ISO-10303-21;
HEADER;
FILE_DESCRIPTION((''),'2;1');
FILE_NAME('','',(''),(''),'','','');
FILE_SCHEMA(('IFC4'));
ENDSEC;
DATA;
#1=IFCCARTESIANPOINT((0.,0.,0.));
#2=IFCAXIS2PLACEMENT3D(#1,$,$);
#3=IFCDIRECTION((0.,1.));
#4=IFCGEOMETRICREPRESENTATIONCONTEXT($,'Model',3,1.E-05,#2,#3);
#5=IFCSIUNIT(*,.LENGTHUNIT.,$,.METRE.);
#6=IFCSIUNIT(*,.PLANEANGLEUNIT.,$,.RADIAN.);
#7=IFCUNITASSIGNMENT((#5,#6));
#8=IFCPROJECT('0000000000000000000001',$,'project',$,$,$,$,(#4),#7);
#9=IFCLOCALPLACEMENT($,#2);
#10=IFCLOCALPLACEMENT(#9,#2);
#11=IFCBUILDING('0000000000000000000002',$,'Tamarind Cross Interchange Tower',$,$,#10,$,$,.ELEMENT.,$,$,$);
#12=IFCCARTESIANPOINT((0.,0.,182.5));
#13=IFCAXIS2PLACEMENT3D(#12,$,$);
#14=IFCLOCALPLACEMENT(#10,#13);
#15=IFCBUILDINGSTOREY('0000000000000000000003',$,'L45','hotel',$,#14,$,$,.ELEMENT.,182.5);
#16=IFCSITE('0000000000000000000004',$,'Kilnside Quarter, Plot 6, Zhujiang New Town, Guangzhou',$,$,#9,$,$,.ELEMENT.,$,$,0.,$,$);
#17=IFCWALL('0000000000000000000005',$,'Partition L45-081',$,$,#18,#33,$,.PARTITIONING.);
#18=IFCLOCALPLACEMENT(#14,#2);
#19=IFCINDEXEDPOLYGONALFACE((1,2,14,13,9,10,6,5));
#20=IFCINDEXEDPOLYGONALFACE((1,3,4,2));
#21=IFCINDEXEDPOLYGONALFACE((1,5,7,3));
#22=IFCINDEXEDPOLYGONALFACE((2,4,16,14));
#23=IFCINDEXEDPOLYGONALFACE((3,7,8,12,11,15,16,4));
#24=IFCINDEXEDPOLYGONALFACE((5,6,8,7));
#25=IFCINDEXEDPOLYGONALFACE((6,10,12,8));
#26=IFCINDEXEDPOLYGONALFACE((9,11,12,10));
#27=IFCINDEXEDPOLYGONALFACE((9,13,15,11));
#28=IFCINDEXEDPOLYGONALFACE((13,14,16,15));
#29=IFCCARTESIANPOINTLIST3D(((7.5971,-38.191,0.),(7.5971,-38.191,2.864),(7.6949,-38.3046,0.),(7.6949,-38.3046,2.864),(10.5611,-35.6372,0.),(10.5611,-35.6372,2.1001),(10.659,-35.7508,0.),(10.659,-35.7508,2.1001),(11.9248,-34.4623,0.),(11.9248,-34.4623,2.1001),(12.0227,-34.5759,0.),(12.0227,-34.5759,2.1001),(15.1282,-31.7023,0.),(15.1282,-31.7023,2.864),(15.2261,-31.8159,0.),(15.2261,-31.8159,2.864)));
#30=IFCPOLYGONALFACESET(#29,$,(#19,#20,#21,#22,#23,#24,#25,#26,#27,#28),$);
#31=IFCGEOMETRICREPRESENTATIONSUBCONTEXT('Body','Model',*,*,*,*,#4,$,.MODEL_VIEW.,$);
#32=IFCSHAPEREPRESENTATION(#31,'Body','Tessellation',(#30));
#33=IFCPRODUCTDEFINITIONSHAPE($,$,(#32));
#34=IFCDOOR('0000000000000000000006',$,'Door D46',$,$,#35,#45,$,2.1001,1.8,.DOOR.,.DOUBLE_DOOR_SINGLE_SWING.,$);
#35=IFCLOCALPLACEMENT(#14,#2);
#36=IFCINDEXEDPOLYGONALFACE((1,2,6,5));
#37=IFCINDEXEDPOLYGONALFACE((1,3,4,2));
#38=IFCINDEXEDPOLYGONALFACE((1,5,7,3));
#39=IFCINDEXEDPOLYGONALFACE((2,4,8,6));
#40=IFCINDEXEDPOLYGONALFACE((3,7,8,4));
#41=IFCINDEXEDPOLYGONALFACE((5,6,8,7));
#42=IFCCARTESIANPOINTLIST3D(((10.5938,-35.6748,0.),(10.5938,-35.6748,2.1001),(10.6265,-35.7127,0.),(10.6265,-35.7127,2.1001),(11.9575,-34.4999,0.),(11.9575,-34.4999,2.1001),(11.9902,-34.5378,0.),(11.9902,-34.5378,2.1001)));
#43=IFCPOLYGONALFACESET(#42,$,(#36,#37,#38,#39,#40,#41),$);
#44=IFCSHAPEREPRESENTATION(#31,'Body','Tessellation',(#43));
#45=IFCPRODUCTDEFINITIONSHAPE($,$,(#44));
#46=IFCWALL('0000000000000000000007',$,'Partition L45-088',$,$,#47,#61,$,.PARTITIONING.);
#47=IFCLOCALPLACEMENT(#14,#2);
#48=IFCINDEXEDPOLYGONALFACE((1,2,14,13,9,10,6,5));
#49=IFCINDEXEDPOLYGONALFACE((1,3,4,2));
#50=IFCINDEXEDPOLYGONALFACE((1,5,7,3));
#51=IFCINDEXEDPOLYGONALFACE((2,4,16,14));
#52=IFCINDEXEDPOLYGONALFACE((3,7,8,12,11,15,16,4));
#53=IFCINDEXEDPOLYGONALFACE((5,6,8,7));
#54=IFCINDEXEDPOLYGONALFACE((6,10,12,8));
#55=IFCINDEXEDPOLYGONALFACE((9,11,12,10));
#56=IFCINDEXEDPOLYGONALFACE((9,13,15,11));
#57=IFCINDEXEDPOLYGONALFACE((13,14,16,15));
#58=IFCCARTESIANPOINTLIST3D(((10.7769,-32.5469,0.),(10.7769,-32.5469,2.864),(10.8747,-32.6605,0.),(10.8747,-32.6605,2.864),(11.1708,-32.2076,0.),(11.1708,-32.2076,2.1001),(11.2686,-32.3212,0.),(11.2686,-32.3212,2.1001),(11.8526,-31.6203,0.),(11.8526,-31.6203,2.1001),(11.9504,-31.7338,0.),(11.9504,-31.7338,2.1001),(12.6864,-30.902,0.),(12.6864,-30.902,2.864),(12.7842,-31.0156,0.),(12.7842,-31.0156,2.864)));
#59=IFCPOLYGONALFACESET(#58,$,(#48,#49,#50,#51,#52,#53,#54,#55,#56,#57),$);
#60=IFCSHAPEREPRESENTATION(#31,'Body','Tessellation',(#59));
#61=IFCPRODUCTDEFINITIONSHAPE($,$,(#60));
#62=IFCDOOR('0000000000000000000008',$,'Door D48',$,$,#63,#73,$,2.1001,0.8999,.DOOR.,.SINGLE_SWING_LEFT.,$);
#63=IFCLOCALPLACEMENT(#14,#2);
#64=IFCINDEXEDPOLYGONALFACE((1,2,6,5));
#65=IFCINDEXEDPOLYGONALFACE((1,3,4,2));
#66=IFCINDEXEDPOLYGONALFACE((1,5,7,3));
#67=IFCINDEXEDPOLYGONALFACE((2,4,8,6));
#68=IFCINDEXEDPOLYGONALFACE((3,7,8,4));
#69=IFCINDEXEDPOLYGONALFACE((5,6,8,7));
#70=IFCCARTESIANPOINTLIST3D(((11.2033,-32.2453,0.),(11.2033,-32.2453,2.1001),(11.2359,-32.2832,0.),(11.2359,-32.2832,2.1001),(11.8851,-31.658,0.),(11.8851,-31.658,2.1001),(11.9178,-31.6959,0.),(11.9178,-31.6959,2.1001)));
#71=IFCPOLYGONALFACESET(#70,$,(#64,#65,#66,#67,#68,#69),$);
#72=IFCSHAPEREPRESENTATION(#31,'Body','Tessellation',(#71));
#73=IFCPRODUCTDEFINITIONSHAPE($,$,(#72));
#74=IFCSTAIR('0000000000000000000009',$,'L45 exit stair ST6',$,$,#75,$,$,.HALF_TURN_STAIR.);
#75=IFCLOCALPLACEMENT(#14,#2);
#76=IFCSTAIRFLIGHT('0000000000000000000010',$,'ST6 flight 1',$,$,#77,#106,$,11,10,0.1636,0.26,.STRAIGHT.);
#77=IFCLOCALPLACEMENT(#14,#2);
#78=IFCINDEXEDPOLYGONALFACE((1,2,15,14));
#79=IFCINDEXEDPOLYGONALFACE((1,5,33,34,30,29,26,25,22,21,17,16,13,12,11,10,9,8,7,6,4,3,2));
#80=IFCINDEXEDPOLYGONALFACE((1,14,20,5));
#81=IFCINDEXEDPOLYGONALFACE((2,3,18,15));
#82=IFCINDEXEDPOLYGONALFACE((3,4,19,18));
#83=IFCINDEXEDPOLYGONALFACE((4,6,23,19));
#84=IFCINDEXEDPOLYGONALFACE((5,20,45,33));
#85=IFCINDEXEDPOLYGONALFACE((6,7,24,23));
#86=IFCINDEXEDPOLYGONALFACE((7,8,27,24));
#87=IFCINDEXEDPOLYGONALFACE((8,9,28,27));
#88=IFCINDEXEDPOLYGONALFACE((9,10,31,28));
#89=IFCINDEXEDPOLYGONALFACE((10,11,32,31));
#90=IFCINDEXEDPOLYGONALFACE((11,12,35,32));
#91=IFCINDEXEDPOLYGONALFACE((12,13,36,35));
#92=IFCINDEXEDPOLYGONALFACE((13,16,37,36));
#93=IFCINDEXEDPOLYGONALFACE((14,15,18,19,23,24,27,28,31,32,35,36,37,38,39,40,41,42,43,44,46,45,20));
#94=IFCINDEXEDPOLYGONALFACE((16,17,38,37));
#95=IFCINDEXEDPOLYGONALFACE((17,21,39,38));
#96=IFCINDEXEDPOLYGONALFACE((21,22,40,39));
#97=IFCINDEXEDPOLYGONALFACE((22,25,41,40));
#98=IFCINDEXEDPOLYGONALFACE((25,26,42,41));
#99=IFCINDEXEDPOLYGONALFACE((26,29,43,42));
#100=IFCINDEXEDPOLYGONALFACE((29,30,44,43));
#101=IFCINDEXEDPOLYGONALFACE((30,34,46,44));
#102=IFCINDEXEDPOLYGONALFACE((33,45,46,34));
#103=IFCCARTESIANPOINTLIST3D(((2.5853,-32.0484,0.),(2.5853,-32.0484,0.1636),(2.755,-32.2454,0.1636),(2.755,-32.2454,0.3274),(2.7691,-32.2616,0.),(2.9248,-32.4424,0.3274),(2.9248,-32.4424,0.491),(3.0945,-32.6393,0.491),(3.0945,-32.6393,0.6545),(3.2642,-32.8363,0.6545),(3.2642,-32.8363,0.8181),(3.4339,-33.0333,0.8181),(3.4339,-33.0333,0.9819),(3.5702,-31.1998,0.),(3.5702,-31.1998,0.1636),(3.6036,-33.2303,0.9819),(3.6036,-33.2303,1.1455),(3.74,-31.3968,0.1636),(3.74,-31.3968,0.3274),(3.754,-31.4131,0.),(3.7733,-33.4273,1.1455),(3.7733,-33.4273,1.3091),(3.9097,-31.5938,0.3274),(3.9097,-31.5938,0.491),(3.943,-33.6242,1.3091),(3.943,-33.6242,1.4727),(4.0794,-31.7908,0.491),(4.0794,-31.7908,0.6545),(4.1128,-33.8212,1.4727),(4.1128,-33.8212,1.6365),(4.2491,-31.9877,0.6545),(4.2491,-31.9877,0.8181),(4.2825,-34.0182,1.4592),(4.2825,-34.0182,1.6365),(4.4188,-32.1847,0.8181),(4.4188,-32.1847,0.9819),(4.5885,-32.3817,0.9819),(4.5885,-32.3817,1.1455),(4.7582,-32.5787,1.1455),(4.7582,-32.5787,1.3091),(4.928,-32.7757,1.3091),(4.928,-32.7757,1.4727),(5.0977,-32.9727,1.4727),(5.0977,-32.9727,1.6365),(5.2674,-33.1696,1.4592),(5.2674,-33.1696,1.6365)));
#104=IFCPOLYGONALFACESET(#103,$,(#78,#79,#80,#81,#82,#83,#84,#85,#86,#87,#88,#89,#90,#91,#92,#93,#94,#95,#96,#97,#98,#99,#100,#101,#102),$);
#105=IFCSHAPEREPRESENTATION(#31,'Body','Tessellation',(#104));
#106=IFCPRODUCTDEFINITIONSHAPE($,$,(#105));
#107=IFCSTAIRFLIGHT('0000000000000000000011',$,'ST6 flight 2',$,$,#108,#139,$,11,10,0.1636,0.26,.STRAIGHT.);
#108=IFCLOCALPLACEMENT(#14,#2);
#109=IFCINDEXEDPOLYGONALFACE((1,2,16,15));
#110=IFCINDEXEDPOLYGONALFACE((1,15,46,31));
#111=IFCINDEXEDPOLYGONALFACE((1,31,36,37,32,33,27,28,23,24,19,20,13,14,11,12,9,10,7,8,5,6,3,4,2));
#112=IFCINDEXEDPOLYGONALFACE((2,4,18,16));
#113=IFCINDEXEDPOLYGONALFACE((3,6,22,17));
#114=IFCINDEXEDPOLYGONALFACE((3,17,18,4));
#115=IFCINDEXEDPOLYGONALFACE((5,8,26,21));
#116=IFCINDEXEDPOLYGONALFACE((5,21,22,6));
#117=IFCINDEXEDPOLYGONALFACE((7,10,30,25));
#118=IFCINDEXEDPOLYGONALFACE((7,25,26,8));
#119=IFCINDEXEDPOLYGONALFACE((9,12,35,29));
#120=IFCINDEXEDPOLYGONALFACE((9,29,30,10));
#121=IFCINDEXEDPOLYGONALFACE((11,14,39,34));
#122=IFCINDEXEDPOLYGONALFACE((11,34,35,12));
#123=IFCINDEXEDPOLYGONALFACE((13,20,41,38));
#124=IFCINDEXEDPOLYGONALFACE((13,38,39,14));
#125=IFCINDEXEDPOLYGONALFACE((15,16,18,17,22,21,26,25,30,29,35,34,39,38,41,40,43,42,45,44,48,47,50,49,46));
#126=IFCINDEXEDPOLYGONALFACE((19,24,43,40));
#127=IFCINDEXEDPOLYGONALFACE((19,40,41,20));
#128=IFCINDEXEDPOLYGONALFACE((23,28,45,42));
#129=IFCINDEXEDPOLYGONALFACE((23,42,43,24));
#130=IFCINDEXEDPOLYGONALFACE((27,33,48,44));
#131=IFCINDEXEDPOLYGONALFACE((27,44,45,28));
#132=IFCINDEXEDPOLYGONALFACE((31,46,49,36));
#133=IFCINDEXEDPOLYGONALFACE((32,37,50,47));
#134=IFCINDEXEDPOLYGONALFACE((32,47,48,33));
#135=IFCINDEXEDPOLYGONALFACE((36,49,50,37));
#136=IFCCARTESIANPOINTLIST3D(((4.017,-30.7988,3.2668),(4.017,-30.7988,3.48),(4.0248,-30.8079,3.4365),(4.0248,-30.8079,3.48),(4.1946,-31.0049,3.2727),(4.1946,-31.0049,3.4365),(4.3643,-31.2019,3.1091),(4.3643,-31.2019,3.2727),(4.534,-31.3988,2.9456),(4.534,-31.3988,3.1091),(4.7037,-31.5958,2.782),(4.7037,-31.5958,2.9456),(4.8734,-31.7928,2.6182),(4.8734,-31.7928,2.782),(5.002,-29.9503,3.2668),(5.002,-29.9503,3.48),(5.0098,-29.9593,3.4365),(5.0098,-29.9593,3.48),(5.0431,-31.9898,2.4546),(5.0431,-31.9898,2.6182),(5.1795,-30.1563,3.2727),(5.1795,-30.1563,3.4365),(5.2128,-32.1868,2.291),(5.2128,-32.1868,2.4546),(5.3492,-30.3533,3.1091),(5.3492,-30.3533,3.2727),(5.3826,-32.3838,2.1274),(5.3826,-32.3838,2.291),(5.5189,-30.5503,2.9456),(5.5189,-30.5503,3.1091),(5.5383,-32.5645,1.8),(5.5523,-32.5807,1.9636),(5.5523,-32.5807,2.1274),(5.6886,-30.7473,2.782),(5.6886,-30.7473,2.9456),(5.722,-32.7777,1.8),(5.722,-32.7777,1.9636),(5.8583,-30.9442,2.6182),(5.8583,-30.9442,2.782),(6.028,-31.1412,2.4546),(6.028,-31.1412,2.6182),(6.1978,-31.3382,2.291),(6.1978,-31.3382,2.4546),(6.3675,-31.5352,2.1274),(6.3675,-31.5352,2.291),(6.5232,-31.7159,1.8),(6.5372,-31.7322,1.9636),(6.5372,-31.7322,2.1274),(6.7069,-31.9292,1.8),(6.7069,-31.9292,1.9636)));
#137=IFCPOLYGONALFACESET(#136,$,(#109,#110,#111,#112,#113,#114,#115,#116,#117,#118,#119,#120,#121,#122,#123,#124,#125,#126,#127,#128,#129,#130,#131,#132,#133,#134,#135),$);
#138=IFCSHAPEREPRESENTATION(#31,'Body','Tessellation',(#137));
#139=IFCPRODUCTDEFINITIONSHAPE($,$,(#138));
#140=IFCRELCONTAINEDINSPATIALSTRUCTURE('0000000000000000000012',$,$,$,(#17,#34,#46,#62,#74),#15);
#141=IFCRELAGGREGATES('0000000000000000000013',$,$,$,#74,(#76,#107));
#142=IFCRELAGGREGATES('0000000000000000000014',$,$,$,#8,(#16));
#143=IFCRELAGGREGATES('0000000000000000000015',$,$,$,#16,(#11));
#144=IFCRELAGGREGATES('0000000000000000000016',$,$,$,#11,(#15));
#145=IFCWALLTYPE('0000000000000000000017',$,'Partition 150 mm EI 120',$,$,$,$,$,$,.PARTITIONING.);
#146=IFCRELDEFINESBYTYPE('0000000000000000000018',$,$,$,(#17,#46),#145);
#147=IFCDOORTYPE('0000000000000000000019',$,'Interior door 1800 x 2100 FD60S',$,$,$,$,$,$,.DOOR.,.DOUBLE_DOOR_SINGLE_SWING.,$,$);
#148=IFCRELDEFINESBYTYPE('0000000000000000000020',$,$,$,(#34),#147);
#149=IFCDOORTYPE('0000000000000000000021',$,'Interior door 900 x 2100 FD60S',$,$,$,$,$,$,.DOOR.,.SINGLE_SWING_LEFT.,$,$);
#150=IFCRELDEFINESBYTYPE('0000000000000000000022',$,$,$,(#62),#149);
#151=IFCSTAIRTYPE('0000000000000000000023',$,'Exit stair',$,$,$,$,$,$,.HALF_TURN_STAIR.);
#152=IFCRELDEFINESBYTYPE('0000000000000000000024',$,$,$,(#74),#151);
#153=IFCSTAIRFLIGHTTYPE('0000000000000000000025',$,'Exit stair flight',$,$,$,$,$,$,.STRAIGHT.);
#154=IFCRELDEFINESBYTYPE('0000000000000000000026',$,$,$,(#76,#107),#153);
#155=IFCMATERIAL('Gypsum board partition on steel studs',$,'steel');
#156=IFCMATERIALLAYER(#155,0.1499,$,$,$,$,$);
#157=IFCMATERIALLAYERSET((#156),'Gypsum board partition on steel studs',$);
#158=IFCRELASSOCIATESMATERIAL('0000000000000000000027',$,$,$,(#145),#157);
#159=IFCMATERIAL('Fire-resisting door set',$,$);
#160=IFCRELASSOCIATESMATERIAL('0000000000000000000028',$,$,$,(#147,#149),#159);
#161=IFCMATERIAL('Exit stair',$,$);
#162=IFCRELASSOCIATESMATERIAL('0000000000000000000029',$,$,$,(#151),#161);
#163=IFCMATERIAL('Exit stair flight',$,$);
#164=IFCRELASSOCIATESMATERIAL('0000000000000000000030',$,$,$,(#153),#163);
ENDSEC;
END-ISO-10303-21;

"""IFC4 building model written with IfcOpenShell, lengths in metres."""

from ifc_helpers import new_model, si_unit, direction, frame, frame_2d, origin, place, context, subcontext, project, spatial, polyline, rectangle, outline, extrude, material, layer, layer_set, type_object, element, fill, aggregate, save


model = new_model("IFC4")

# Units and contexts
model_context = context("Model", 3, precision=1e-05, world=origin(), true_north=direction((0.0, 1.0)))
body_context = subcontext(model_context, "Body", "Model", "MODEL_VIEW")
ifc_project = project(units=[si_unit("LENGTHUNIT", "METRE"), si_unit("PLANEANGLEUNIT", "RADIAN")], contexts=[model_context])

# Site, building, storey
site_placement = place(None, origin())
site = spatial("IfcSite", under=ifc_project, at=site_placement, Name="Kilnside Quarter, Plot 6, Zhujiang New Town, Guangzhou", CompositionType="ELEMENT", RefElevation=0.0)
building_placement = place(site_placement, origin())
building = spatial("IfcBuilding", under=site, at=building_placement, Name="Tamarind Cross Interchange Tower", CompositionType="ELEMENT")
storey_placement = place(building_placement, frame((0.0, 0.0, 182.5)))
storey = spatial("IfcBuildingStorey", under=building, at=storey_placement, Name="L45", Description="hotel", CompositionType="ELEMENT", Elevation=182.5)

# Shared definitions
ifc_material_1 = material(Name="Gypsum board partition on steel studs", Category="steel")
ifc_layer_1 = layer(ifc_material_1, 0.1499)
ifc_layer_set_1 = layer_set([ifc_layer_1], Name="Gypsum board partition on steel studs")
wall_type = type_object("IfcWallType", Name="Partition 150 mm EI 120", PredefinedType="PARTITIONING", material=ifc_layer_set_1)

# Walls, openings, doors
wall_1_placement = place(storey_placement, frame((7.646, -38.2478, 0.0), z_axis=(0.0, 0.0, 1.0), x_axis=(0.757593, 0.652727, 0.0)))
wall_1 = element("IfcWall", 1, at=wall_1_placement, inside=storey, type_object=wall_type, Name="Partition L45-081", PredefinedType="PARTITIONING", context=body_context, shape_type="SweptSolid", body=[
    extrude(rectangle(XDim=9.9409, YDim=0.1499, at=frame_2d((4.9705, 0.0))), origin(), (0.0, 0.0, 1.0), 2.864),
])
opening_1_placement = place(wall_1_placement, frame((3.9126, 0.0, 0.0)))
opening_1 = element("IfcOpeningElement", 2, at=opening_1_placement, cuts=wall_1, PredefinedType="OPENING", context=body_context, shape_type="SweptSolid", body=[
    extrude(rectangle(XDim=1.8, YDim=2.1001, at=frame_2d((0.8999, 1.05))), frame((0.0, 0.085, 0.0), z_axis=(0.0, -1.0, 0.0), x_axis=(1.0, 0.0, 0.0)), (0.0, 0.0, 1.0), 0.1699),
])
ifc_material_2 = material(Name="Fire-resisting door set")
door_type_1 = type_object("IfcDoorType", Name="Interior door 1800 x 2100 FD60S", OperationType="DOUBLE_DOOR_SINGLE_SWING", PredefinedType="DOOR", material=ifc_material_2)
door_1_placement = place(opening_1_placement, frame((1.8, 0.0, 0.0), z_axis=(0.0, 0.0, 1.0), x_axis=(-1.0, 0.0, 0.0)))
door_1 = element("IfcDoor", 3, at=door_1_placement, inside=storey, type_object=door_type_1, Name="Door D46", OperationType="DOUBLE_DOOR_SINGLE_SWING", OverallHeight=2.1001, OverallWidth=1.8, PredefinedType="DOOR", context=body_context, shape_type="SweptSolid", body=[
    extrude(rectangle(XDim=1.8, YDim=2.1001, at=frame_2d((0.8999, 1.05))), frame((0.0, 0.0249, 0.0), z_axis=(0.0, -1.0, 0.0), x_axis=(1.0, 0.0, 0.0)), (0.0, 0.0, 1.0), 0.05),
])
fill(opening_1, door_1)
wall_2_placement = place(storey_placement, frame((10.8257, -32.6038, 0.0), z_axis=(0.0, 0.0, 1.0), x_axis=(0.757661, 0.652648, 0.0)))
wall_2 = element("IfcWall", 4, at=wall_2_placement, inside=storey, type_object=wall_type, Name="Partition L45-088", PredefinedType="PARTITIONING", context=body_context, shape_type="SweptSolid", body=[
    extrude(rectangle(XDim=2.5203, YDim=0.1499, at=frame_2d((1.2603, 0.0))), origin(), (0.0, 0.0, 1.0), 2.864),
])
opening_2_placement = place(wall_2_placement, frame((0.52, 0.0, 0.0)))
opening_2 = element("IfcOpeningElement", 5, at=opening_2_placement, cuts=wall_2, PredefinedType="OPENING", context=body_context, shape_type="SweptSolid", body=[
    extrude(rectangle(XDim=0.8999, YDim=2.1001, at=frame_2d((0.45, 1.05))), frame((0.0, 0.085, 0.0), z_axis=(0.0, -1.0, 0.0), x_axis=(1.0, 0.0, 0.0)), (0.0, 0.0, 1.0), 0.1699),
])
door_type_2 = type_object("IfcDoorType", Name="Interior door 900 x 2100 FD60S", OperationType="SINGLE_SWING_LEFT", PredefinedType="DOOR", material=ifc_material_2)
door_2_placement = place(opening_2_placement, frame((0.8999, 0.0, 0.0), z_axis=(0.0, 0.0, 1.0), x_axis=(-1.0, 0.0, 0.0)))
door_2 = element("IfcDoor", 6, at=door_2_placement, inside=storey, type_object=door_type_2, Name="Door D48", OperationType="SINGLE_SWING_LEFT", OverallHeight=2.1001, OverallWidth=0.8999, PredefinedType="DOOR", context=body_context, shape_type="SweptSolid", body=[
    extrude(rectangle(XDim=0.8999, YDim=2.1001, at=frame_2d((0.45, 1.05))), frame((0.0, 0.0249, 0.0), z_axis=(0.0, -1.0, 0.0), x_axis=(1.0, 0.0, 0.0)), (0.0, 0.0, 1.0), 0.05),
])
fill(opening_2, door_2)

# Stair, stair flights
ifc_material_3 = material(Name="Exit stair")
stair_type = type_object("IfcStairType", Name="Exit stair", PredefinedType="HALF_TURN_STAIR", material=ifc_material_3)
stair_placement = place(storey_placement, origin())
stair = element("IfcStair", 7, at=stair_placement, inside=storey, type_object=stair_type, Name="L45 exit stair ST6", PredefinedType="HALF_TURN_STAIR")
ifc_material_4 = material(Name="Exit stair flight")
stair_flight_type = type_object("IfcStairFlightType", Name="Exit stair flight", PredefinedType="STRAIGHT", material=ifc_material_4)
stair_flight_1_placement = place(storey_placement, frame((3.0779, -31.624, 0.0), z_axis=(0.0, 0.0, 1.0), x_axis=(0.652723, -0.757597, 0.0)))
stair_flight_1 = element("IfcStairFlight", 8, at=stair_flight_1_placement, type_object=stair_flight_type, Name="ST6 flight 1", NumberOfRisers=11, NumberOfTreads=10, PredefinedType="STRAIGHT", RiserHeight=0.1636, TreadLength=0.26, context=body_context, shape_type="SweptSolid", body=[
    extrude(outline(polyline([(0.0, 0.0), (0.0, 0.1636), (0.26, 0.1636), (0.26, 0.3274), (0.52, 0.3274), (0.52, 0.491), (0.78, 0.491), (0.78, 0.6545), (1.04, 0.6545), (1.04, 0.8181), (1.3, 0.8181), (1.3, 0.9819), (1.5601, 0.9819), (1.5601, 1.1455), (1.8201, 1.1455), (1.8201, 1.3091), (2.0801, 1.3091), (2.0801, 1.4727), (2.3401, 1.4727), (2.3401, 1.6365), (2.6001, 1.6365), (2.6001, 1.8), (2.6001, 1.4592), (0.2815, 0.0), (0.0, 0.0)])), frame((0.0, 0.6499, 0.0), z_axis=(0.0, -1.0, 0.0), x_axis=(1.0, 0.0, 0.0)), (0.0, 0.0, 1.0), 1.3),
])
stair_flight_2_placement = place(storey_placement, frame((6.2144, -32.3535, 1.8), z_axis=(0.0, 0.0, 1.0), x_axis=(-0.652723, 0.757597, 0.0)))
stair_flight_2 = element("IfcStairFlight", 9, at=stair_flight_2_placement, type_object=stair_flight_type, Name="ST6 flight 2", NumberOfRisers=11, NumberOfTreads=10, PredefinedType="STRAIGHT", RiserHeight=0.1636, TreadLength=0.26, context=body_context, shape_type="SweptSolid", body=[
    extrude(outline(polyline([(0.0, 0.0), (0.0, 0.1636), (0.26, 0.1636), (0.26, 0.3274), (0.52, 0.3274), (0.52, 0.491), (0.78, 0.491), (0.78, 0.6545), (1.04, 0.6545), (1.04, 0.8181), (1.3, 0.8181), (1.3, 0.9819), (1.5601, 0.9819), (1.5601, 1.1455), (1.8201, 1.1455), (1.8201, 1.3091), (2.0801, 1.3091), (2.0801, 1.4727), (2.3401, 1.4727), (2.3401, 1.6365), (2.6001, 1.6365), (2.6001, 1.6799), (2.6121, 1.6799), (2.6121, 1.4668), (0.2815, 0.0), (0.0, 0.0)])), frame((0.0, 0.6499, 0.0), z_axis=(0.0, -1.0, 0.0), x_axis=(1.0, 0.0, 0.0)), (0.0, 0.0, 1.0), 1.3),
])
aggregate(stair, [stair_flight_1, stair_flight_2])

save(model, "model.ifc")
